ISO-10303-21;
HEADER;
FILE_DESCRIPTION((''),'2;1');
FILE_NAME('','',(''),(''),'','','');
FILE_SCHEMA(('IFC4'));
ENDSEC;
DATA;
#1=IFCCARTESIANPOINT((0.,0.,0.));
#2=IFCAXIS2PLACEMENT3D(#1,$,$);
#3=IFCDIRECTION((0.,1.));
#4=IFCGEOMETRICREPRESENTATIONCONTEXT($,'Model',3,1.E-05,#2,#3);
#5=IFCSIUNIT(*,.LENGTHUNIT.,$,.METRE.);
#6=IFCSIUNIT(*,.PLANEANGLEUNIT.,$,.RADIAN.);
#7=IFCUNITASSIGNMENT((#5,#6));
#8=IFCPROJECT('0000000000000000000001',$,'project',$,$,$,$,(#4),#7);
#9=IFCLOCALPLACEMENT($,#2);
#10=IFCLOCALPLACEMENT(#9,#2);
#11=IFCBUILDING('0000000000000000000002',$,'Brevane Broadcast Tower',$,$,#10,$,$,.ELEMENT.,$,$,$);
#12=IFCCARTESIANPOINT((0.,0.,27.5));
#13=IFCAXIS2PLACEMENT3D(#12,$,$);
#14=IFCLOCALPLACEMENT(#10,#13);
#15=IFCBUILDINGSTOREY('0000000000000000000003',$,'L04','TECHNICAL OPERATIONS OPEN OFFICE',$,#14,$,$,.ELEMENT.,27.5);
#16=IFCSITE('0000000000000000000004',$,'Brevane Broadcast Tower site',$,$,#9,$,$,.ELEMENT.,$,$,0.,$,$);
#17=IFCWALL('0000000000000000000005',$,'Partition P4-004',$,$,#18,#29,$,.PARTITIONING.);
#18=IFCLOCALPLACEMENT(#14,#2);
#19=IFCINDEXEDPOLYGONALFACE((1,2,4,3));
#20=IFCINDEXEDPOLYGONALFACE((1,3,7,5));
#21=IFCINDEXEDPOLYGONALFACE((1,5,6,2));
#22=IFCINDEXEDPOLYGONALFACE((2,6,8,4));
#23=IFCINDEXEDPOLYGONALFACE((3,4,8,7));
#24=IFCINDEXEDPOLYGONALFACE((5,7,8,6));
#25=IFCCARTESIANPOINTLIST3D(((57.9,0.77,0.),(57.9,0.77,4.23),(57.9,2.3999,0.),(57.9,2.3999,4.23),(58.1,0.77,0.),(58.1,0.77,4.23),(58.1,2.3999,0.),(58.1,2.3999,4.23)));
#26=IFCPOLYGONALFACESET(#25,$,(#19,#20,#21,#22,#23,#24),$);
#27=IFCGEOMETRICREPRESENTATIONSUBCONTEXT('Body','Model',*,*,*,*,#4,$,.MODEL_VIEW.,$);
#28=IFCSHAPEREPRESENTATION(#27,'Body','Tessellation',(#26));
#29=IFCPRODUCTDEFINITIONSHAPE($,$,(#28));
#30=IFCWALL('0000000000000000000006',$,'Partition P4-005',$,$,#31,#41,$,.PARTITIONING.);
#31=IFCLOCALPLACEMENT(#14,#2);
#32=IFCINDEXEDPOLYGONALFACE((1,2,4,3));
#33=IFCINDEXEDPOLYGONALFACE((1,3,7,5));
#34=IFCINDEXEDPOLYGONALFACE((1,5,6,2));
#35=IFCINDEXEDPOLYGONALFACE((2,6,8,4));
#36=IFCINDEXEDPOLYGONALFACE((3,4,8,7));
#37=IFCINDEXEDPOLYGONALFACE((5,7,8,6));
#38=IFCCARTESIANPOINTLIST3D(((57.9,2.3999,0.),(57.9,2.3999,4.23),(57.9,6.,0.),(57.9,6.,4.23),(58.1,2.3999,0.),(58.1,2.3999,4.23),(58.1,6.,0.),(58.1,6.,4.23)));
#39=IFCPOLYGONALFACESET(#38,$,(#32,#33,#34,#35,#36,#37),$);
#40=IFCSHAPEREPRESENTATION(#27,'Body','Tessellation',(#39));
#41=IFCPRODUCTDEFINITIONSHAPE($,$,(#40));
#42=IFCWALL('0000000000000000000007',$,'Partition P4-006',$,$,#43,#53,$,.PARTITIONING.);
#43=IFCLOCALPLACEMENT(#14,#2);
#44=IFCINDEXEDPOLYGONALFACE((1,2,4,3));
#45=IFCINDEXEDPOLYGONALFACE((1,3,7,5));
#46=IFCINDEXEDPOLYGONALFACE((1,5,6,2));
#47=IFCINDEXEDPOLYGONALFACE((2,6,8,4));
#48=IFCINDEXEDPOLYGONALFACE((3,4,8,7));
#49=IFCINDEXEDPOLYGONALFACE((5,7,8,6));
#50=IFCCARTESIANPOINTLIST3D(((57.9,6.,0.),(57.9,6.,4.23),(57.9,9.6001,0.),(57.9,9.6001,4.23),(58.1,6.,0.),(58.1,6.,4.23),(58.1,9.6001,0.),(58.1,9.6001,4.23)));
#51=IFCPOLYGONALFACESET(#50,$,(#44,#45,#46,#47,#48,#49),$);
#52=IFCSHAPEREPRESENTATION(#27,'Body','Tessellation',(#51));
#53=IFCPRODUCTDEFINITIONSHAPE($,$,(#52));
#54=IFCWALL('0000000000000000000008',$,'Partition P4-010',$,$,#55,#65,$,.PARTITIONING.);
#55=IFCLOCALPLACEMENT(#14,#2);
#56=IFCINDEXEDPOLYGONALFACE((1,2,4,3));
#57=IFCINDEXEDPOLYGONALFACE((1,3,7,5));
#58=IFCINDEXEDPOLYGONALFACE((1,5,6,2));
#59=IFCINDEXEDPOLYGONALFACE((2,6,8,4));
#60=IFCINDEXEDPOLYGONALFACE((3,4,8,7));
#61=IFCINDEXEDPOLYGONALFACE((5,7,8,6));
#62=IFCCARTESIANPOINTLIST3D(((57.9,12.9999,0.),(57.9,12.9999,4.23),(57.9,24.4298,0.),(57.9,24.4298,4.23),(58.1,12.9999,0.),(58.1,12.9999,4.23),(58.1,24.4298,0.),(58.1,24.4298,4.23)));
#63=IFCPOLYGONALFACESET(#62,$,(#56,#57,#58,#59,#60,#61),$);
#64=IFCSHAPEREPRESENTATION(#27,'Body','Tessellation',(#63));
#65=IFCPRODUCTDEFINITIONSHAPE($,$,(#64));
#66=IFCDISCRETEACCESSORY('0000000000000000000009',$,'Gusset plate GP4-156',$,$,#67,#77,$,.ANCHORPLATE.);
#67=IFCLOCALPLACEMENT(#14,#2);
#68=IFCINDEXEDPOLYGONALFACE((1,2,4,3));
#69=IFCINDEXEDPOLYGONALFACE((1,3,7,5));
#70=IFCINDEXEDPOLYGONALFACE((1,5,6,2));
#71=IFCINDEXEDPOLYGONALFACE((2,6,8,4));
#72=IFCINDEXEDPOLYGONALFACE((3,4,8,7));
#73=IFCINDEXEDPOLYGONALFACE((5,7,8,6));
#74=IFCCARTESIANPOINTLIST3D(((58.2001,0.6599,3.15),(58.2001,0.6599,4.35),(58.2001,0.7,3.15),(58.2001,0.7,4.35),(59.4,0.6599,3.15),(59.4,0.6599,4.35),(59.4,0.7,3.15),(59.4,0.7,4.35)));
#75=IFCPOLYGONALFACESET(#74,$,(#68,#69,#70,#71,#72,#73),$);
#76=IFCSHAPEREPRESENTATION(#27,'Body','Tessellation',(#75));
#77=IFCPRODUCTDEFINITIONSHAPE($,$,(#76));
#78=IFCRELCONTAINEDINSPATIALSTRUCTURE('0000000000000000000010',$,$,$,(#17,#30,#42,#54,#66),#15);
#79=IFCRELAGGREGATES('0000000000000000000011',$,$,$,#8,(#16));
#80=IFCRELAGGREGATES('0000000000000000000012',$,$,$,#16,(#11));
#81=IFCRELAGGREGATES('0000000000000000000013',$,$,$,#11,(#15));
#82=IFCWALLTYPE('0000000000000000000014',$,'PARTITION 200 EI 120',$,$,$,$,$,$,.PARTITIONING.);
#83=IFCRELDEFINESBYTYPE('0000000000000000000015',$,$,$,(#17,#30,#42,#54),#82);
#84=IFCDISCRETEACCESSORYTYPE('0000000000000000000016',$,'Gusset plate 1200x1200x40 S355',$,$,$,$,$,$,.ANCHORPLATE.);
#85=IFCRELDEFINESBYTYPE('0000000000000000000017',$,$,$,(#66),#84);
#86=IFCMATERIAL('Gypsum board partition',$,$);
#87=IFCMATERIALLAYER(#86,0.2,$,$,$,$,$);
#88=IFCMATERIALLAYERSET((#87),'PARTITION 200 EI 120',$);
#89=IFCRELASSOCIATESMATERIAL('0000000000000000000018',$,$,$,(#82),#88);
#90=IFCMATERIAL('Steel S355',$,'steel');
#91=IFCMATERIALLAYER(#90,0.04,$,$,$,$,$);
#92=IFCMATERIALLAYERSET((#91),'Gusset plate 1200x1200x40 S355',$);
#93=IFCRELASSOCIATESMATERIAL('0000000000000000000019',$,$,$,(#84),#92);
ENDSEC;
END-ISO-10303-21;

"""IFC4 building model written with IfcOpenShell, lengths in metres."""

from ifc_helpers import new_model, si_unit, direction, frame, frame_2d, origin, origin_2d, place, context, subcontext, project, spatial, rectangle, extrude, material, layer, layer_set, type_object, element, save


model = new_model("IFC4")

# Units and contexts
model_context = context("Model", 3, precision=1e-05, world=origin(), true_north=direction((0.0, 1.0)))
body_context = subcontext(model_context, "Body", "Model", "MODEL_VIEW")
ifc_project = project(units=[si_unit("LENGTHUNIT", "METRE"), si_unit("PLANEANGLEUNIT", "RADIAN")], contexts=[model_context])

# Site, building, storey
site_placement = place(None, origin())
site = spatial("IfcSite", under=ifc_project, at=site_placement, Name="Brevane Broadcast Tower site", CompositionType="ELEMENT", RefElevation=0.0)
building_placement = place(site_placement, origin())
building = spatial("IfcBuilding", under=site, at=building_placement, Name="Brevane Broadcast Tower", CompositionType="ELEMENT")
storey_placement = place(building_placement, frame((0.0, 0.0, 27.5)))
storey = spatial("IfcBuildingStorey", under=building, at=storey_placement, Name="L04", Description="TECHNICAL OPERATIONS OPEN OFFICE", CompositionType="ELEMENT", Elevation=27.5)

# Shared definitions
ifc_material_1 = material(Name="Steel S355", Category="steel")

# Shared definitions
ifc_material_2 = material(Name="Gypsum board partition")

# Walls
ifc_layer_1 = layer(ifc_material_2, 0.2)
ifc_layer_set_1 = layer_set([ifc_layer_1], Name="PARTITION 200 EI 120")
wall_type_1 = type_object("IfcWallType", Name="PARTITION 200 EI 120", PredefinedType="PARTITIONING", material=ifc_layer_set_1)
wall_1_placement = place(storey_placement, frame((58.0, 0.77, 0.0), z_axis=(0.0, 0.0, 1.0), x_axis=(0.0, 1.0, 0.0)))
element("IfcWall", 1, at=wall_1_placement, inside=storey, type_object=wall_type_1, Name="Partition P4-004", PredefinedType="PARTITIONING", context=body_context, shape_type="SweptSolid", body=[
    extrude(rectangle(XDim=1.6299, YDim=0.2, at=frame_2d((0.8149, 0.0))), origin(), (0.0, 0.0, 1.0), 4.23),
])
for number, where, z_axis, x_axis, name in (
    (2, (58.0, 2.3999, 0.0), (0.0, 0.0, 1.0), (0.0, 1.0, 0.0), "Partition P4-005"),
    (3, (58.0, 6.0, 0.0), (0.0, 0.0, 1.0), (0.0, 1.0, 0.0), "Partition P4-006"),
):
    element("IfcWall", number, at=place(storey_placement, frame(where, z_axis=z_axis, x_axis=x_axis)), inside=storey, type_object=wall_type_1, Name=name, PredefinedType="PARTITIONING", context=body_context, shape_type="SweptSolid", body=[
        extrude(rectangle(XDim=3.6001, YDim=0.2, at=frame_2d((1.8, 0.0))), origin(), (0.0, 0.0, 1.0), 4.23),
    ])
wall_2_placement = place(storey_placement, frame((58.0, 13.0, 0.0), z_axis=(0.0, 0.0, 1.0), x_axis=(0.0, 1.0, 0.0)))
element("IfcWall", 4, at=wall_2_placement, inside=storey, type_object=wall_type_1, Name="Partition P4-010", PredefinedType="PARTITIONING", context=body_context, shape_type="SweptSolid", body=[
    extrude(rectangle(XDim=11.4299, YDim=0.2, at=frame_2d((5.7148, 0.0))), origin(), (0.0, 0.0, 1.0), 4.23),
])

# Discrete accessory
ifc_layer_2 = layer(ifc_material_1, 0.04)
ifc_layer_set_2 = layer_set([ifc_layer_2], Name="Gusset plate 1200x1200x40 S355")
discrete_accessory_type = type_object("IfcDiscreteAccessoryType", Name="Gusset plate 1200x1200x40 S355", PredefinedType="ANCHORPLATE", material=ifc_layer_set_2)
discrete_accessory_placement = place(storey_placement, frame((58.8, 0.6599, 3.75), z_axis=(0.0, 1.0, 0.0), x_axis=(-1.0, 0.0, 0.0)))
element("IfcDiscreteAccessory", 5, at=discrete_accessory_placement, inside=storey, type_object=discrete_accessory_type, Name="Gusset plate GP4-156", PredefinedType="ANCHORPLATE", context=body_context, shape_type="SweptSolid", body=[
    extrude(rectangle(XDim=1.2, YDim=1.2, at=origin_2d()), origin(), (0.0, 0.0, 1.0), 0.04),
])

save(model, "model.ifc")
